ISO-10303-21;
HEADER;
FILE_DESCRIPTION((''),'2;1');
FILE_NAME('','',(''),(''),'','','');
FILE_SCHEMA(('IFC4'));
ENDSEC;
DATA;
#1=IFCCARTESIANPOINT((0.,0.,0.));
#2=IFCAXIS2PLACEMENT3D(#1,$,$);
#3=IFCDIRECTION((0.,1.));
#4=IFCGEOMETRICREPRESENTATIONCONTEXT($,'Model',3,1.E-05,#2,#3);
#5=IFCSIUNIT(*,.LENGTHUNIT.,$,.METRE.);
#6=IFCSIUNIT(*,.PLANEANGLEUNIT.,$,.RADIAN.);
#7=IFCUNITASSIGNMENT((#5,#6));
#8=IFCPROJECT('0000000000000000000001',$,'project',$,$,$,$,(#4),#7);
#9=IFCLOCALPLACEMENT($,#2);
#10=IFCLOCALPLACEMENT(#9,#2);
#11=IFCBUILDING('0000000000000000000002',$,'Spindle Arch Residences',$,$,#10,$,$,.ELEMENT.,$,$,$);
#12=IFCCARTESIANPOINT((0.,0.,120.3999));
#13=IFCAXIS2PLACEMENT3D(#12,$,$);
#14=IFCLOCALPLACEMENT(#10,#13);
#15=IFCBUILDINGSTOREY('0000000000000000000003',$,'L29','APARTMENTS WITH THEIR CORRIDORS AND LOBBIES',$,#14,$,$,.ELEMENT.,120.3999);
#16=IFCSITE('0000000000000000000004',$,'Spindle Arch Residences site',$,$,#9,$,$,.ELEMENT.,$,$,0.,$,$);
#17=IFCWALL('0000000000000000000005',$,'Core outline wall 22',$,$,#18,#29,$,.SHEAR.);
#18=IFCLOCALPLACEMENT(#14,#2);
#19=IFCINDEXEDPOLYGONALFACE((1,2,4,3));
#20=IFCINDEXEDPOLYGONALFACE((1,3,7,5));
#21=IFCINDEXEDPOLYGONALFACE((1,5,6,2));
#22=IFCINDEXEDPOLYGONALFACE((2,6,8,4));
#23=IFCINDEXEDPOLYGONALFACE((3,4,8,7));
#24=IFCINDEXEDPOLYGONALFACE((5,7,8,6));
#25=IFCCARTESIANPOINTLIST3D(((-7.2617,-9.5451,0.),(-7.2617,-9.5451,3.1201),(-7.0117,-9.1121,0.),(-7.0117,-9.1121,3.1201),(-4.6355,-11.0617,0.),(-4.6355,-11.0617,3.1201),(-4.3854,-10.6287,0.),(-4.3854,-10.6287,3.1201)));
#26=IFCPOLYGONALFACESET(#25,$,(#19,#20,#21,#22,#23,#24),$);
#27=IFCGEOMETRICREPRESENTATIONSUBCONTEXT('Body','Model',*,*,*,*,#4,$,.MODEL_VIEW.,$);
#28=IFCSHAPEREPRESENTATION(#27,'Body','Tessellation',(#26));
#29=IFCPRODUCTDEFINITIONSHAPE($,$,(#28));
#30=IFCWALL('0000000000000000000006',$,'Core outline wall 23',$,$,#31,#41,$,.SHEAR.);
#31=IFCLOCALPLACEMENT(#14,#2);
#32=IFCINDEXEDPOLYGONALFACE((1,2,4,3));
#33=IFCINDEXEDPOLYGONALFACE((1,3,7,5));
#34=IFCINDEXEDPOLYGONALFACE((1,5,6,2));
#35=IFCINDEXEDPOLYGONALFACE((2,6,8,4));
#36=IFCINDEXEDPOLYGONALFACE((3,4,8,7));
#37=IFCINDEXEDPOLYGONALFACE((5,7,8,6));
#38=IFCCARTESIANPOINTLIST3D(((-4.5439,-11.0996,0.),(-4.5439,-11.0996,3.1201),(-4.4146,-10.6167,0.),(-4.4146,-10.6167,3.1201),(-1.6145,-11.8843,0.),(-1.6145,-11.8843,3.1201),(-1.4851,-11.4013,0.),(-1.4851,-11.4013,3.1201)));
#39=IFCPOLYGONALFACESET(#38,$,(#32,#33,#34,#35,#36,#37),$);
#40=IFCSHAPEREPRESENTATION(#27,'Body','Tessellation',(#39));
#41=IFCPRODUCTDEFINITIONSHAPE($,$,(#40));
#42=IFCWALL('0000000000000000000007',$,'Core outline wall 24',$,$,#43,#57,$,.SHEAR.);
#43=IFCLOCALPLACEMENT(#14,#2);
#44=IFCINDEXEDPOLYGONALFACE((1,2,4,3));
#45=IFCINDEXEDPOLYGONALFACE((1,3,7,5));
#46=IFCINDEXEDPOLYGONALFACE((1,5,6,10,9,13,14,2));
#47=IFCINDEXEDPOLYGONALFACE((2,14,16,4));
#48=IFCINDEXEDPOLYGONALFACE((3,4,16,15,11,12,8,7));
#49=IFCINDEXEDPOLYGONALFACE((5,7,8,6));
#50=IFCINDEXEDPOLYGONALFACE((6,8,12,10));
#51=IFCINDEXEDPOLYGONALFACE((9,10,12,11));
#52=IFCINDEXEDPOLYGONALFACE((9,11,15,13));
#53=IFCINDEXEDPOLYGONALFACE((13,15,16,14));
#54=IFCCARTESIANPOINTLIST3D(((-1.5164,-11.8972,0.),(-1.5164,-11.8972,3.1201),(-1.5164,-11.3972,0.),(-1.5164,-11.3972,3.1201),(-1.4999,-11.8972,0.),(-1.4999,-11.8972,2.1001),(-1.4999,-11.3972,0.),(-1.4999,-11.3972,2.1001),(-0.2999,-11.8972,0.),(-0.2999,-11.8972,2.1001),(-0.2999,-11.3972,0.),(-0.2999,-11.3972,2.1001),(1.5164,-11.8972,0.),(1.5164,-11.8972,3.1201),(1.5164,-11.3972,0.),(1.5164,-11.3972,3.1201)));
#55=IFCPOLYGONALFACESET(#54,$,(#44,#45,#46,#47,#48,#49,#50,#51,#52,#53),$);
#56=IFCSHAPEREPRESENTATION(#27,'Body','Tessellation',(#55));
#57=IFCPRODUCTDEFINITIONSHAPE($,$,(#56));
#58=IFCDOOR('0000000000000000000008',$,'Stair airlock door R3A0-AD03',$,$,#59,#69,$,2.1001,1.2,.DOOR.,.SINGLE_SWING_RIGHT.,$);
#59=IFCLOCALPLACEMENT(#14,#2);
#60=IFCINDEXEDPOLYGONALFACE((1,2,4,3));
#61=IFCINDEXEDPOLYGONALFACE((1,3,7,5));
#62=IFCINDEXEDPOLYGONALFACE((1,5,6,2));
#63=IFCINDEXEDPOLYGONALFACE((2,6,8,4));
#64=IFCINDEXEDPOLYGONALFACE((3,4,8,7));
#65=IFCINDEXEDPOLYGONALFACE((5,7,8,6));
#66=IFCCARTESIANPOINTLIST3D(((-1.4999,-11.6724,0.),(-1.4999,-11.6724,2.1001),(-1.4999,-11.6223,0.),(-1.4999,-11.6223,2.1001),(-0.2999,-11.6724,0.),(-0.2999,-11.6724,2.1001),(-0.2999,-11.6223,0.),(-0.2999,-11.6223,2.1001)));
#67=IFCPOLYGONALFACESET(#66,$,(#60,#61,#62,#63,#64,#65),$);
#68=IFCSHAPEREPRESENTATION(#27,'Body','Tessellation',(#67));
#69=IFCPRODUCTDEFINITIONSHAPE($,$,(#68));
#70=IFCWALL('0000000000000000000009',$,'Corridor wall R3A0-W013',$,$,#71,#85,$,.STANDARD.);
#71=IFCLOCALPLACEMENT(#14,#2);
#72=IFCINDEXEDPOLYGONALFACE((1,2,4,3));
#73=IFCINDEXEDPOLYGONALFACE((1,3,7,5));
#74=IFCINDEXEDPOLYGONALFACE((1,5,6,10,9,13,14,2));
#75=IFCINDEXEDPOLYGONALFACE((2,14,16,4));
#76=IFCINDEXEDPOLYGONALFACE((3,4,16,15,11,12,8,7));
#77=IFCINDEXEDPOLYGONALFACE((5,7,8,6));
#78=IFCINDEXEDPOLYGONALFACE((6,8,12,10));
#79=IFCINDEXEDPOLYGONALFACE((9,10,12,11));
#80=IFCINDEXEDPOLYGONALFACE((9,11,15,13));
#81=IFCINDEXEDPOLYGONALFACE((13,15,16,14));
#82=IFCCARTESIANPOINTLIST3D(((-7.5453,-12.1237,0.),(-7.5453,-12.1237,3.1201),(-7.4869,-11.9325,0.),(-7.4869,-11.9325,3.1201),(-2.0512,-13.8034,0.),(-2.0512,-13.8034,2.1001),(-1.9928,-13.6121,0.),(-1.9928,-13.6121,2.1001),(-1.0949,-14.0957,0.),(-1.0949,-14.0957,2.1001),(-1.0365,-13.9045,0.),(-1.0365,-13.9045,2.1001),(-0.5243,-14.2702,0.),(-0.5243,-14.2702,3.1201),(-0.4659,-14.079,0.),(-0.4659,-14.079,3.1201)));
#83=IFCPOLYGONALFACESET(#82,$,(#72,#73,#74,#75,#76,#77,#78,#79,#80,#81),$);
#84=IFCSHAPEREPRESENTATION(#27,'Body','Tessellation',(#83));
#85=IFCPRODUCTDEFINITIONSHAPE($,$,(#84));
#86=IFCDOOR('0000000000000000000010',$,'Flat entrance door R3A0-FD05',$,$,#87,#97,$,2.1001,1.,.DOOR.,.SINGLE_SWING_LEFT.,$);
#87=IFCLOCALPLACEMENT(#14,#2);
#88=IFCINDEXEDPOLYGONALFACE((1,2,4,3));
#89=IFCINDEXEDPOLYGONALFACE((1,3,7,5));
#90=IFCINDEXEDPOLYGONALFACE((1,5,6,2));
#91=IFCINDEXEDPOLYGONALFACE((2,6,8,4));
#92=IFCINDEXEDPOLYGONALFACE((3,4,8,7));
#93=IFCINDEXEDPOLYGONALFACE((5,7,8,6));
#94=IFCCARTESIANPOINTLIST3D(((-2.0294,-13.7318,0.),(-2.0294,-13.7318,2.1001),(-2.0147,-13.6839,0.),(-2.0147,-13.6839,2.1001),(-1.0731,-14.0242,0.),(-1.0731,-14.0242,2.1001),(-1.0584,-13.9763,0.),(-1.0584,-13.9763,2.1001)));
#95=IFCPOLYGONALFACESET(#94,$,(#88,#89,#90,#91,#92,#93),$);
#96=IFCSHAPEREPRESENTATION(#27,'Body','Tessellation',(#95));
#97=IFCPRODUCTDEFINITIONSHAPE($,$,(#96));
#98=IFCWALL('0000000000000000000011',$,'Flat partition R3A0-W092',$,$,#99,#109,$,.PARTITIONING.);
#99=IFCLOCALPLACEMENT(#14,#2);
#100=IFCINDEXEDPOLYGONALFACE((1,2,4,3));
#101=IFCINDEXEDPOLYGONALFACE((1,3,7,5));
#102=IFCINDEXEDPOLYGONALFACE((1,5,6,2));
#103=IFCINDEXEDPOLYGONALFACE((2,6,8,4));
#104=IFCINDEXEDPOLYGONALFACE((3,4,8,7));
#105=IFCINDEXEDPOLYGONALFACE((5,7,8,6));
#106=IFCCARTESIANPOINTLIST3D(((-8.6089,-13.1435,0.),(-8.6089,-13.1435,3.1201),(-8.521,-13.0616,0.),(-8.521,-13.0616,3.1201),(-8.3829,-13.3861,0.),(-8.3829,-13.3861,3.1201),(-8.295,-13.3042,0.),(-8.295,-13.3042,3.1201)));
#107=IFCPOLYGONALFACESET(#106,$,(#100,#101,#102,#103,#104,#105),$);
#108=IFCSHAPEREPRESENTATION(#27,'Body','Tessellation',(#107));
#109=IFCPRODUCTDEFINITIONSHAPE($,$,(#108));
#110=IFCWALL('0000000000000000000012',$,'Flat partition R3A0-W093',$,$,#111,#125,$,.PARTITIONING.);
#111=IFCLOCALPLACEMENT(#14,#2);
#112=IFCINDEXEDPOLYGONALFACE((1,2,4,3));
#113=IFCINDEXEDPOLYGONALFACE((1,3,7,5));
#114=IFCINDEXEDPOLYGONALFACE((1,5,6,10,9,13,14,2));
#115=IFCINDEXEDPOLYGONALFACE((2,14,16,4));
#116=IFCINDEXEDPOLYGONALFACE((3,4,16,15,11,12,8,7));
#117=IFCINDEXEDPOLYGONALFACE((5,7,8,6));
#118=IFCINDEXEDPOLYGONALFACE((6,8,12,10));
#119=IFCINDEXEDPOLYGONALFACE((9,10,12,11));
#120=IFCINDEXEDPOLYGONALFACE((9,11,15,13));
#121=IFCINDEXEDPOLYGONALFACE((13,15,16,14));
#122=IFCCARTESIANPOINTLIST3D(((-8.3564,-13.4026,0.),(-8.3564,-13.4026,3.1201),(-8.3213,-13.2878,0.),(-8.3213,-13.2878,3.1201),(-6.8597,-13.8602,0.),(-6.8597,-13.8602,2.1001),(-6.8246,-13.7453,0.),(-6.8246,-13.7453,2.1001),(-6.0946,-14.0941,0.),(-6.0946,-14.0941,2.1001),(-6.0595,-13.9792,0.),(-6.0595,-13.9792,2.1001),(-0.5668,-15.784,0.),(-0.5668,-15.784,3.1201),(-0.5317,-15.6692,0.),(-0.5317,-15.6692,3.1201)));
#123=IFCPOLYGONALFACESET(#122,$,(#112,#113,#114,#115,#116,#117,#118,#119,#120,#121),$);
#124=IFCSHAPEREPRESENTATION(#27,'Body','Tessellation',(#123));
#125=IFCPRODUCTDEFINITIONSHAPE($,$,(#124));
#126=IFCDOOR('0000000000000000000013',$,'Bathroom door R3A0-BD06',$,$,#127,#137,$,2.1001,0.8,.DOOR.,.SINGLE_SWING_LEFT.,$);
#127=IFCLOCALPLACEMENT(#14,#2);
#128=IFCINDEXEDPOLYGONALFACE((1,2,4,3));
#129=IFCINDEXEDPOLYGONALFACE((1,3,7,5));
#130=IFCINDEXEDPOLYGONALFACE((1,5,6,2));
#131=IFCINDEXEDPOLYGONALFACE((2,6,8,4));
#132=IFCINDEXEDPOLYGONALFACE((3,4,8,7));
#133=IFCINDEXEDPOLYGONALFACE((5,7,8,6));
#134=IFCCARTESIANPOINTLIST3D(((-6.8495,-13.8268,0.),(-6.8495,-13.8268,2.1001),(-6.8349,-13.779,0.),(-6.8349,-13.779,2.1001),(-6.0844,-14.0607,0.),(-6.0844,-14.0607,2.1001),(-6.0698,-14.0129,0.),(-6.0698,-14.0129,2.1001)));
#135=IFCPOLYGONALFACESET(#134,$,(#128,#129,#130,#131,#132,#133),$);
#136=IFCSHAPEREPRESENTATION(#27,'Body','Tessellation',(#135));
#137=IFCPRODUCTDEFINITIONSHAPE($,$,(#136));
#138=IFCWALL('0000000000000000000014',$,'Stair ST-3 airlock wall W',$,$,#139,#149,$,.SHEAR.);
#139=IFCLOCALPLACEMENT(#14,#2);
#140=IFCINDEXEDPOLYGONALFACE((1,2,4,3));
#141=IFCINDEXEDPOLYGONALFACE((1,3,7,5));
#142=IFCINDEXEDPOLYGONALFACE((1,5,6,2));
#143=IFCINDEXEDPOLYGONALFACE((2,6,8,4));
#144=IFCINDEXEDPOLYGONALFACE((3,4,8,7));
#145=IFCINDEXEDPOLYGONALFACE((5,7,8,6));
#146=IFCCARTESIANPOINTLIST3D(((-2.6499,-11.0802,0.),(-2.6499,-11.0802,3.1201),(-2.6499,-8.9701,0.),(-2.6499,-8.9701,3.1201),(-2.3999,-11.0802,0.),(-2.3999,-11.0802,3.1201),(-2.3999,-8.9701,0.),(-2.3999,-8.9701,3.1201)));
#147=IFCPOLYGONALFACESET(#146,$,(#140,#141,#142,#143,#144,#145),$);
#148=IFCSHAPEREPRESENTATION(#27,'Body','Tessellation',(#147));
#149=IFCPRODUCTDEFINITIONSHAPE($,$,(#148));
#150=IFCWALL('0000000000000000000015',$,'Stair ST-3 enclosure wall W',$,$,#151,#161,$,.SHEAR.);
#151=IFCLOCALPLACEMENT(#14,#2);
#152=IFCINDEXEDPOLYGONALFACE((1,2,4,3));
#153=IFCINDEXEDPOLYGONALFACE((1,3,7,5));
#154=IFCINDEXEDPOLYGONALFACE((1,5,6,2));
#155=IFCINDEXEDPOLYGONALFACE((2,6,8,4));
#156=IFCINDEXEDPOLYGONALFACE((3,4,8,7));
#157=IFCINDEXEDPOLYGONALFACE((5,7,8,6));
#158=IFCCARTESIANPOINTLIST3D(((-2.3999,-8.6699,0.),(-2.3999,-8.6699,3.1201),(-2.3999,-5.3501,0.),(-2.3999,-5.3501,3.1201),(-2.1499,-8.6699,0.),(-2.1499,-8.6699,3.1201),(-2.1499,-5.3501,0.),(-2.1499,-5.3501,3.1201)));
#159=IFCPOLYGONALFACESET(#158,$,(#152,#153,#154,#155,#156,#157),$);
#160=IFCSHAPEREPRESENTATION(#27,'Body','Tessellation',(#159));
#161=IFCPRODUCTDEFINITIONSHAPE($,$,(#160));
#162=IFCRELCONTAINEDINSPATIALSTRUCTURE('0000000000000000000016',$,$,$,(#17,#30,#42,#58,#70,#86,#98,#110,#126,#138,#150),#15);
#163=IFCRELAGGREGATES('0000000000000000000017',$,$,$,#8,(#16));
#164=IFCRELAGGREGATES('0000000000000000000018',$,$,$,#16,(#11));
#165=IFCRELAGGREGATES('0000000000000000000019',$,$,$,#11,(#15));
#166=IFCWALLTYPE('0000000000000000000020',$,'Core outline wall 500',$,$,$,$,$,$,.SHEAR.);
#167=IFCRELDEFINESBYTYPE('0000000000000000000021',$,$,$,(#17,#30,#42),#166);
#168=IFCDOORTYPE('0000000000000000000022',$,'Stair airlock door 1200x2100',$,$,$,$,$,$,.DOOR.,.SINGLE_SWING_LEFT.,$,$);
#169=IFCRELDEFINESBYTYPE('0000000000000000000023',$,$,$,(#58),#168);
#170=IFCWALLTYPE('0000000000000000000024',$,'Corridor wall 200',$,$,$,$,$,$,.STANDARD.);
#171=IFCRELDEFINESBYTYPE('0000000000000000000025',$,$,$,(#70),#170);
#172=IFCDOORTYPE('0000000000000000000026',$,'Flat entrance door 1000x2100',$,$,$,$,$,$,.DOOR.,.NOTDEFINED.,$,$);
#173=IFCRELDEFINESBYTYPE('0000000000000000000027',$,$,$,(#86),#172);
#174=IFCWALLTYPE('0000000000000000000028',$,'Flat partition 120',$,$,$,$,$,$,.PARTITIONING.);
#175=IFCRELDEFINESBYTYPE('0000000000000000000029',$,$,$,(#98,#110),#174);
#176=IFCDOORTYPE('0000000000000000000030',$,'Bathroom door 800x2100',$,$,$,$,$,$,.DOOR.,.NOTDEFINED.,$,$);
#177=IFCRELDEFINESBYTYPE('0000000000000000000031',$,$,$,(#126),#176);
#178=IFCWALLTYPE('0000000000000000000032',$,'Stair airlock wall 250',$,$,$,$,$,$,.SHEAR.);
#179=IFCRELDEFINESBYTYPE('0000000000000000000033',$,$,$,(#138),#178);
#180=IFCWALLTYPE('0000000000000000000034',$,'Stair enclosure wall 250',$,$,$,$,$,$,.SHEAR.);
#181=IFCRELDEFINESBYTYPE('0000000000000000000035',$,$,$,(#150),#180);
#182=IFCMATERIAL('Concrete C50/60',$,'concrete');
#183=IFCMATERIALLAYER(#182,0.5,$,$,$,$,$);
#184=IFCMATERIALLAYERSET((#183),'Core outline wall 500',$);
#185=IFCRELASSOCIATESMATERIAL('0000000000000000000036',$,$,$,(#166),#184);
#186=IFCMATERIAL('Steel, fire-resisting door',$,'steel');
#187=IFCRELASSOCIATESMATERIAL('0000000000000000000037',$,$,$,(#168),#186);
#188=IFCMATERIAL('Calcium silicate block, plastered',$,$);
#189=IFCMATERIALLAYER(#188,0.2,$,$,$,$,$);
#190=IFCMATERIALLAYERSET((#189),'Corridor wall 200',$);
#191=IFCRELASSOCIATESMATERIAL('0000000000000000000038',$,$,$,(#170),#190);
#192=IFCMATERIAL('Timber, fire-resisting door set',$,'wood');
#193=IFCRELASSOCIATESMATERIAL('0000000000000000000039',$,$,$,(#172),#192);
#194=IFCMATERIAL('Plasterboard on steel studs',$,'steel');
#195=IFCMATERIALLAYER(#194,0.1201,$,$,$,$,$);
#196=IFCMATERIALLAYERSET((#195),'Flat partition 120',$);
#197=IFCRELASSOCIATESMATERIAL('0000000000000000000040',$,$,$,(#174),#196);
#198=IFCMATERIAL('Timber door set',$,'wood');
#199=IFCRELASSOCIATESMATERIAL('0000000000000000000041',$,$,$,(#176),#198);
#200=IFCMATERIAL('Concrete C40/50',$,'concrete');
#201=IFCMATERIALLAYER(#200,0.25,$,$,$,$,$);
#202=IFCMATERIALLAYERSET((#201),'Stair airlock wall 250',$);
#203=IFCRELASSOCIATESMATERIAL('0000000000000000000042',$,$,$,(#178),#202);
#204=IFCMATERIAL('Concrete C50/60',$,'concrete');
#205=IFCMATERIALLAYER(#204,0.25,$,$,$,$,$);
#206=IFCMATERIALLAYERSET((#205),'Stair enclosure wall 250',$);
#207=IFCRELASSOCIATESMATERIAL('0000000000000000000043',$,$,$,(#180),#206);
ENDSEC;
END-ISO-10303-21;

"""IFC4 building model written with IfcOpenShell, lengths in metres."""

from ifc_helpers import new_model, si_unit, direction, frame, frame_2d, origin, place, context, subcontext, project, spatial, rectangle, extrude, material, layer, layer_set, type_object, element, fill, save


model = new_model("IFC4")

# Units and contexts
model_context = context("Model", 3, precision=1e-05, world=origin(), true_north=direction((0.0, 1.0)))
body_context = subcontext(model_context, "Body", "Model", "MODEL_VIEW")
ifc_project = project(units=[si_unit("LENGTHUNIT", "METRE"), si_unit("PLANEANGLEUNIT", "RADIAN")], contexts=[model_context])

# Site, building, storey
site_placement = place(None, origin())
site = spatial("IfcSite", under=ifc_project, at=site_placement, Name="Spindle Arch Residences site", CompositionType="ELEMENT", RefElevation=0.0)
building_placement = place(site_placement, origin())
building = spatial("IfcBuilding", under=site, at=building_placement, Name="Spindle Arch Residences", CompositionType="ELEMENT")
storey_placement = place(building_placement, frame((0.0, 0.0, 120.3999)))
storey = spatial("IfcBuildingStorey", under=building, at=storey_placement, Name="L29", Description="APARTMENTS WITH THEIR CORRIDORS AND LOBBIES", CompositionType="ELEMENT", Elevation=120.3999)

# Walls
ifc_material_1 = material(Name="Concrete C50/60", Category="concrete")
ifc_layer_1 = layer(ifc_material_1, 0.5)
ifc_layer_set_1 = layer_set([ifc_layer_1], Name="Core outline wall 500")
wall_type_1 = type_object("IfcWallType", Name="Core outline wall 500", PredefinedType="SHEAR", material=ifc_layer_set_1)
for number, where, z_axis, x_axis, name in (
    (1, (-7.1367, -9.3286, 0.0), (0.0, 0.0, 1.0), (0.865975, -0.500087, 0.0), "Core outline wall 22"),
    (2, (-4.4792, -10.8582, 0.0), (0.0, 0.0, 1.0), (0.965948, -0.258735, 0.0), "Core outline wall 23"),
):
    element("IfcWall", number, at=place(storey_placement, frame(where, z_axis=z_axis, x_axis=x_axis)), inside=storey, type_object=wall_type_1, Name=name, PredefinedType="SHEAR", context=body_context, shape_type="SweptSolid", body=[
        extrude(rectangle(XDim=3.0327, YDim=0.5, at=frame_2d((1.5164, 0.0))), origin(), (0.0, 0.0, 1.0), 3.1201),
    ])

# Walls, openings, doors
wall_1_placement = place(storey_placement, frame((-1.5164, -11.6472, 0.0), z_axis=(0.0, 0.0, 1.0), x_axis=(1.0, 0.0, 0.0)))
wall_1 = element("IfcWall", 3, at=wall_1_placement, inside=storey, type_object=wall_type_1, Name="Core outline wall 24", PredefinedType="SHEAR", context=body_context, shape_type="SweptSolid", body=[
    extrude(rectangle(XDim=3.0327, YDim=0.5, at=frame_2d((1.5164, 0.0))), origin(), (0.0, 0.0, 1.0), 3.1201),
])
opening_1_placement = place(wall_1_placement, frame((0.0164, 0.0, 0.0)))
opening_1 = element("IfcOpeningElement", 4, at=opening_1_placement, cuts=wall_1, PredefinedType="OPENING", context=body_context, shape_type="SweptSolid", body=[
    extrude(rectangle(XDim=1.2, YDim=2.1001, at=frame_2d((0.6001, 1.05))), frame((0.0, 0.26, 0.0), z_axis=(0.0, -1.0, 0.0), x_axis=(1.0, 0.0, 0.0)), (0.0, 0.0, 1.0), 0.52),
])
ifc_material_2 = material(Name="Steel, fire-resisting door", Category="steel")
door_type_1 = type_object("IfcDoorType", Name="Stair airlock door 1200x2100", OperationType="SINGLE_SWING_LEFT", PredefinedType="DOOR", material=ifc_material_2)
door_1_placement = place(opening_1_placement, origin())
door_1 = element("IfcDoor", 5, at=door_1_placement, inside=storey, type_object=door_type_1, Name="Stair airlock door R3A0-AD03", OperationType="SINGLE_SWING_RIGHT", OverallHeight=2.1001, OverallWidth=1.2, PredefinedType="DOOR", context=body_context, shape_type="SweptSolid", body=[
    extrude(rectangle(XDim=1.2, YDim=2.1001, at=frame_2d((0.6001, 1.05))), frame((0.0, 0.0249, 0.0), z_axis=(0.0, -1.0, 0.0), x_axis=(1.0, 0.0, 0.0)), (0.0, 0.0, 1.0), 0.05),
])
fill(opening_1, door_1)
ifc_material_3 = material(Name="Calcium silicate block, plastered")
ifc_layer_2 = layer(ifc_material_3, 0.2)
ifc_layer_set_2 = layer_set([ifc_layer_2], Name="Corridor wall 200")
wall_type_2 = type_object("IfcWallType", Name="Corridor wall 200", PredefinedType="STANDARD", material=ifc_layer_set_2)
wall_2_placement = place(storey_placement, frame((-7.5161, -12.0281, 0.0), z_axis=(0.0, 0.0, 1.0), x_axis=(0.956307, -0.292366, 0.0)))
wall_2 = element("IfcWall", 6, at=wall_2_placement, inside=storey, type_object=wall_type_2, Name="Corridor wall R3A0-W013", PredefinedType="STANDARD", context=body_context, shape_type="SweptSolid", body=[
    extrude(rectangle(XDim=7.3418, YDim=0.2, at=frame_2d((3.6709, 0.0))), origin(), (0.0, 0.0, 1.0), 3.1201),
])
opening_2_placement = place(wall_2_placement, frame((5.7451, 0.0, 0.0)))
opening_2 = element("IfcOpeningElement", 7, at=opening_2_placement, cuts=wall_2, PredefinedType="OPENING", context=body_context, shape_type="SweptSolid", body=[
    extrude(rectangle(XDim=1.0, YDim=2.1001, at=frame_2d((0.5, 1.05))), frame((0.0, 0.1099, 0.0), z_axis=(0.0, -1.0, 0.0), x_axis=(1.0, 0.0, 0.0)), (0.0, 0.0, 1.0), 0.22),
])
ifc_material_4 = material(Name="Timber, fire-resisting door set", Category="wood")
door_type_2 = type_object("IfcDoorType", Name="Flat entrance door 1000x2100", OperationType="NOTDEFINED", PredefinedType="DOOR", material=ifc_material_4)
door_2_placement = place(opening_2_placement, origin())
door_2 = element("IfcDoor", 8, at=door_2_placement, inside=storey, type_object=door_type_2, Name="Flat entrance door R3A0-FD05", OperationType="SINGLE_SWING_LEFT", OverallHeight=2.1001, OverallWidth=1.0, PredefinedType="DOOR", context=body_context, shape_type="SweptSolid", body=[
    extrude(rectangle(XDim=1.0, YDim=2.1001, at=frame_2d((0.5, 1.05))), frame((0.0, 0.0249, 0.0), z_axis=(0.0, -1.0, 0.0), x_axis=(1.0, 0.0, 0.0)), (0.0, 0.0, 1.0), 0.05),
])
fill(opening_2, door_2)

# Wall
ifc_material_5 = material(Name="Plasterboard on steel studs", Category="steel")
ifc_layer_3 = layer(ifc_material_5, 0.1201)
ifc_layer_set_3 = layer_set([ifc_layer_3], Name="Flat partition 120")
wall_type_3 = type_object("IfcWallType", Name="Flat partition 120", PredefinedType="PARTITIONING", material=ifc_layer_set_3)
wall_3_placement = place(storey_placement, frame((-8.5649, -13.1025, 0.0), z_axis=(0.0, 0.0, 1.0), x_axis=(0.681636, -0.731691, 0.0)))
element("IfcWall", 9, at=wall_3_placement, inside=storey, type_object=wall_type_3, Name="Flat partition R3A0-W092", PredefinedType="PARTITIONING", context=body_context, shape_type="SweptSolid", body=[
    extrude(rectangle(XDim=0.3315, YDim=0.1201, at=frame_2d((0.1658, 0.0))), origin(), (0.0, 0.0, 1.0), 3.1201),
])

# Wall, opening, door
wall_4_placement = place(storey_placement, frame((-8.3389, -13.3452, 0.0), z_axis=(0.0, 0.0, 1.0), x_axis=(0.95631, -0.292354, 0.0)))
wall_4 = element("IfcWall", 10, at=wall_4_placement, inside=storey, type_object=wall_type_3, Name="Flat partition R3A0-W093", PredefinedType="PARTITIONING", context=body_context, shape_type="SweptSolid", body=[
    extrude(rectangle(XDim=8.1455, YDim=0.1201, at=frame_2d((4.0728, 0.0))), origin(), (0.0, 0.0, 1.0), 3.1201),
])
opening_3_placement = place(wall_4_placement, frame((1.5652, 0.0, 0.0)))
opening_3 = element("IfcOpeningElement", 11, at=opening_3_placement, cuts=wall_4, PredefinedType="OPENING", context=body_context, shape_type="SweptSolid", body=[
    extrude(rectangle(XDim=0.8, YDim=2.1001, at=frame_2d((0.3999, 1.05))), frame((0.0, 0.0701, 0.0), z_axis=(0.0, -1.0, 0.0), x_axis=(1.0, 0.0, 0.0)), (0.0, 0.0, 1.0), 0.1401),
])
ifc_material_6 = material(Name="Timber door set", Category="wood")
door_type_3 = type_object("IfcDoorType", Name="Bathroom door 800x2100", OperationType="NOTDEFINED", PredefinedType="DOOR", material=ifc_material_6)
door_3_placement = place(opening_3_placement, origin())
door_3 = element("IfcDoor", 12, at=door_3_placement, inside=storey, type_object=door_type_3, Name="Bathroom door R3A0-BD06", OperationType="SINGLE_SWING_LEFT", OverallHeight=2.1001, OverallWidth=0.8, PredefinedType="DOOR", context=body_context, shape_type="SweptSolid", body=[
    extrude(rectangle(XDim=0.8, YDim=2.1001, at=frame_2d((0.3999, 1.05))), frame((0.0, 0.0249, 0.0), z_axis=(0.0, -1.0, 0.0), x_axis=(1.0, 0.0, 0.0)), (0.0, 0.0, 1.0), 0.05),
])
fill(opening_3, door_3)

# Walls
ifc_material_7 = material(Name="Concrete C40/50", Category="concrete")
ifc_layer_4 = layer(ifc_material_7, 0.25)
ifc_layer_set_4 = layer_set([ifc_layer_4], Name="Stair airlock wall 250")
wall_type_4 = type_object("IfcWallType", Name="Stair airlock wall 250", PredefinedType="SHEAR", material=ifc_layer_set_4)
wall_5_placement = place(storey_placement, frame((-2.5249, -8.97, 0.0), z_axis=(0.0, 0.0, 1.0), x_axis=(0.0, -1.0, 0.0)))
element("IfcWall", 13, at=wall_5_placement, inside=storey, type_object=wall_type_4, Name="Stair ST-3 airlock wall W", PredefinedType="SHEAR", context=body_context, shape_type="SweptSolid", body=[
    extrude(rectangle(XDim=2.1101, YDim=0.25, at=frame_2d((1.0552, 0.0))), origin(), (0.0, 0.0, 1.0), 3.1201),
])
ifc_material_8 = material(Name="Concrete C50/60", Category="concrete")
ifc_layer_5 = layer(ifc_material_8, 0.25)
ifc_layer_set_5 = layer_set([ifc_layer_5], Name="Stair enclosure wall 250")
wall_type_5 = type_object("IfcWallType", Name="Stair enclosure wall 250", PredefinedType="SHEAR", material=ifc_layer_set_5)
wall_6_placement = place(storey_placement, frame((-2.2749, -8.6699, 0.0), z_axis=(0.0, 0.0, 1.0), x_axis=(0.0, 1.0, 0.0)))
element("IfcWall", 14, at=wall_6_placement, inside=storey, type_object=wall_type_5, Name="Stair ST-3 enclosure wall W", PredefinedType="SHEAR", context=body_context, shape_type="SweptSolid", body=[
    extrude(rectangle(XDim=3.3198, YDim=0.25, at=frame_2d((1.6599, 0.0))), origin(), (0.0, 0.0, 1.0), 3.1201),
])

save(model, "model.ifc")
